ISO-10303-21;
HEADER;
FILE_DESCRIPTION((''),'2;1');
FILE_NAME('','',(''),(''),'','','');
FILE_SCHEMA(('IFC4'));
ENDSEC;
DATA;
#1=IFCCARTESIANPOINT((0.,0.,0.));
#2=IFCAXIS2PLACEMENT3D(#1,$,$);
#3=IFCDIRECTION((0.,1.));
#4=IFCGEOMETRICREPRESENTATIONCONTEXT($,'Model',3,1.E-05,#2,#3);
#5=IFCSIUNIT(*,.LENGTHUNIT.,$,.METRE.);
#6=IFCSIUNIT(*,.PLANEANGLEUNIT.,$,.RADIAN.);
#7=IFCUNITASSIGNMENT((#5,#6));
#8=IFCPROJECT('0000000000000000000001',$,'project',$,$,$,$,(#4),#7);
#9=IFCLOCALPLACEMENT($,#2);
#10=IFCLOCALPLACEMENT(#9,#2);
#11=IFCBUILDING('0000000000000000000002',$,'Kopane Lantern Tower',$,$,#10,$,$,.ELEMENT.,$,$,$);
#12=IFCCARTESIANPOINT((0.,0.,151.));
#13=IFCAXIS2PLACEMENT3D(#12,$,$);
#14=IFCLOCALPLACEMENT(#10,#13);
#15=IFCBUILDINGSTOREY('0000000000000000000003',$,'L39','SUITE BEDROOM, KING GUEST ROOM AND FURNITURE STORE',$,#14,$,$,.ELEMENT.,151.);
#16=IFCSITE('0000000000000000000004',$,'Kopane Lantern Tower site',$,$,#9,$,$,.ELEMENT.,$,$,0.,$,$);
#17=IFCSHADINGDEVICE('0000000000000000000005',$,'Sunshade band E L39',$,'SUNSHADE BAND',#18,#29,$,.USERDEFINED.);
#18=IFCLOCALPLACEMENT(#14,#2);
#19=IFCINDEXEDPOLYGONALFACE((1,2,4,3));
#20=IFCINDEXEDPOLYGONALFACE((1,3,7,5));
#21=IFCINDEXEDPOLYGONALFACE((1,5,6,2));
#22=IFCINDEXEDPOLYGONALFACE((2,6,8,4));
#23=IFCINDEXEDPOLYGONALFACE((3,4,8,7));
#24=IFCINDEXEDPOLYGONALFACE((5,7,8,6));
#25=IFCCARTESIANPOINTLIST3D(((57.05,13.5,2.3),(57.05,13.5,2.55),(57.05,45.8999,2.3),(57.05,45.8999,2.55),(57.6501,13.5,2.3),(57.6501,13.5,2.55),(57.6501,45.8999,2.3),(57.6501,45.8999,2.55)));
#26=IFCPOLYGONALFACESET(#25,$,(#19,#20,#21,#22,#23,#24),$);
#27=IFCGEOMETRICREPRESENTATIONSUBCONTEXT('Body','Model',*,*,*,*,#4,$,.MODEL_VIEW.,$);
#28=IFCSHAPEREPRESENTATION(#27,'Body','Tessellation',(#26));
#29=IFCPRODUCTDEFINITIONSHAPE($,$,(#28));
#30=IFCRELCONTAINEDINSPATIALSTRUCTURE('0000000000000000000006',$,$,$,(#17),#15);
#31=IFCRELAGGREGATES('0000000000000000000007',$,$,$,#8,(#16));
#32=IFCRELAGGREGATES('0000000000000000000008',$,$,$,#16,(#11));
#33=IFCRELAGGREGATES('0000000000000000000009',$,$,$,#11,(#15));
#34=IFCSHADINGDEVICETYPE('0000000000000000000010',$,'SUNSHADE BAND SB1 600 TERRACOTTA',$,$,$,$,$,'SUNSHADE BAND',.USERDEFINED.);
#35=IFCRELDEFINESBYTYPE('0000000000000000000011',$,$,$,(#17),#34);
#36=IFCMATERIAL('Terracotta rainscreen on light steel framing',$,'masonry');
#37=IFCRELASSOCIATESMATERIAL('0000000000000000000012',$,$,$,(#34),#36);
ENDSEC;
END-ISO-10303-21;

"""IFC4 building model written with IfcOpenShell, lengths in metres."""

from ifc_helpers import new_model, si_unit, direction, frame, origin, origin_2d, place, context, subcontext, project, spatial, rectangle, extrude, material, type_object, element, save


model = new_model("IFC4")

# Units and contexts
model_context = context("Model", 3, precision=1e-05, world=origin(), true_north=direction((0.0, 1.0)))
body_context = subcontext(model_context, "Body", "Model", "MODEL_VIEW")
ifc_project = project(units=[si_unit("LENGTHUNIT", "METRE"), si_unit("PLANEANGLEUNIT", "RADIAN")], contexts=[model_context])

# Site, building, storey
site_placement = place(None, origin())
site = spatial("IfcSite", under=ifc_project, at=site_placement, Name="Kopane Lantern Tower site", CompositionType="ELEMENT", RefElevation=0.0)
building_placement = place(site_placement, origin())
building = spatial("IfcBuilding", under=site, at=building_placement, Name="Kopane Lantern Tower", CompositionType="ELEMENT")
storey_placement = place(building_placement, frame((0.0, 0.0, 151.0)))
storey = spatial("IfcBuildingStorey", under=building, at=storey_placement, Name="L39", Description="SUITE BEDROOM, KING GUEST ROOM AND FURNITURE STORE", CompositionType="ELEMENT", Elevation=151.0)

# Shading device
ifc_material_1 = material(Name="Terracotta rainscreen on light steel framing", Category="masonry")
shading_device_type = type_object("IfcShadingDeviceType", Name="SUNSHADE BAND SB1 600 TERRACOTTA", ElementType="SUNSHADE BAND", PredefinedType="USERDEFINED", material=ifc_material_1)
shading_device_placement = place(storey_placement, frame((57.3501, 29.7, 2.3), z_axis=(0.0, 0.0, 1.0), x_axis=(0.0, 1.0, 0.0)))
element("IfcShadingDevice", 1, at=shading_device_placement, inside=storey, type_object=shading_device_type, Name="Sunshade band E L39", ObjectType="SUNSHADE BAND", PredefinedType="USERDEFINED", context=body_context, shape_type="SweptSolid", body=[
    extrude(rectangle(XDim=32.3999, YDim=0.6001, at=origin_2d()), origin(), (0.0, 0.0, 1.0), 0.25),
])

save(model, "model.ifc")
